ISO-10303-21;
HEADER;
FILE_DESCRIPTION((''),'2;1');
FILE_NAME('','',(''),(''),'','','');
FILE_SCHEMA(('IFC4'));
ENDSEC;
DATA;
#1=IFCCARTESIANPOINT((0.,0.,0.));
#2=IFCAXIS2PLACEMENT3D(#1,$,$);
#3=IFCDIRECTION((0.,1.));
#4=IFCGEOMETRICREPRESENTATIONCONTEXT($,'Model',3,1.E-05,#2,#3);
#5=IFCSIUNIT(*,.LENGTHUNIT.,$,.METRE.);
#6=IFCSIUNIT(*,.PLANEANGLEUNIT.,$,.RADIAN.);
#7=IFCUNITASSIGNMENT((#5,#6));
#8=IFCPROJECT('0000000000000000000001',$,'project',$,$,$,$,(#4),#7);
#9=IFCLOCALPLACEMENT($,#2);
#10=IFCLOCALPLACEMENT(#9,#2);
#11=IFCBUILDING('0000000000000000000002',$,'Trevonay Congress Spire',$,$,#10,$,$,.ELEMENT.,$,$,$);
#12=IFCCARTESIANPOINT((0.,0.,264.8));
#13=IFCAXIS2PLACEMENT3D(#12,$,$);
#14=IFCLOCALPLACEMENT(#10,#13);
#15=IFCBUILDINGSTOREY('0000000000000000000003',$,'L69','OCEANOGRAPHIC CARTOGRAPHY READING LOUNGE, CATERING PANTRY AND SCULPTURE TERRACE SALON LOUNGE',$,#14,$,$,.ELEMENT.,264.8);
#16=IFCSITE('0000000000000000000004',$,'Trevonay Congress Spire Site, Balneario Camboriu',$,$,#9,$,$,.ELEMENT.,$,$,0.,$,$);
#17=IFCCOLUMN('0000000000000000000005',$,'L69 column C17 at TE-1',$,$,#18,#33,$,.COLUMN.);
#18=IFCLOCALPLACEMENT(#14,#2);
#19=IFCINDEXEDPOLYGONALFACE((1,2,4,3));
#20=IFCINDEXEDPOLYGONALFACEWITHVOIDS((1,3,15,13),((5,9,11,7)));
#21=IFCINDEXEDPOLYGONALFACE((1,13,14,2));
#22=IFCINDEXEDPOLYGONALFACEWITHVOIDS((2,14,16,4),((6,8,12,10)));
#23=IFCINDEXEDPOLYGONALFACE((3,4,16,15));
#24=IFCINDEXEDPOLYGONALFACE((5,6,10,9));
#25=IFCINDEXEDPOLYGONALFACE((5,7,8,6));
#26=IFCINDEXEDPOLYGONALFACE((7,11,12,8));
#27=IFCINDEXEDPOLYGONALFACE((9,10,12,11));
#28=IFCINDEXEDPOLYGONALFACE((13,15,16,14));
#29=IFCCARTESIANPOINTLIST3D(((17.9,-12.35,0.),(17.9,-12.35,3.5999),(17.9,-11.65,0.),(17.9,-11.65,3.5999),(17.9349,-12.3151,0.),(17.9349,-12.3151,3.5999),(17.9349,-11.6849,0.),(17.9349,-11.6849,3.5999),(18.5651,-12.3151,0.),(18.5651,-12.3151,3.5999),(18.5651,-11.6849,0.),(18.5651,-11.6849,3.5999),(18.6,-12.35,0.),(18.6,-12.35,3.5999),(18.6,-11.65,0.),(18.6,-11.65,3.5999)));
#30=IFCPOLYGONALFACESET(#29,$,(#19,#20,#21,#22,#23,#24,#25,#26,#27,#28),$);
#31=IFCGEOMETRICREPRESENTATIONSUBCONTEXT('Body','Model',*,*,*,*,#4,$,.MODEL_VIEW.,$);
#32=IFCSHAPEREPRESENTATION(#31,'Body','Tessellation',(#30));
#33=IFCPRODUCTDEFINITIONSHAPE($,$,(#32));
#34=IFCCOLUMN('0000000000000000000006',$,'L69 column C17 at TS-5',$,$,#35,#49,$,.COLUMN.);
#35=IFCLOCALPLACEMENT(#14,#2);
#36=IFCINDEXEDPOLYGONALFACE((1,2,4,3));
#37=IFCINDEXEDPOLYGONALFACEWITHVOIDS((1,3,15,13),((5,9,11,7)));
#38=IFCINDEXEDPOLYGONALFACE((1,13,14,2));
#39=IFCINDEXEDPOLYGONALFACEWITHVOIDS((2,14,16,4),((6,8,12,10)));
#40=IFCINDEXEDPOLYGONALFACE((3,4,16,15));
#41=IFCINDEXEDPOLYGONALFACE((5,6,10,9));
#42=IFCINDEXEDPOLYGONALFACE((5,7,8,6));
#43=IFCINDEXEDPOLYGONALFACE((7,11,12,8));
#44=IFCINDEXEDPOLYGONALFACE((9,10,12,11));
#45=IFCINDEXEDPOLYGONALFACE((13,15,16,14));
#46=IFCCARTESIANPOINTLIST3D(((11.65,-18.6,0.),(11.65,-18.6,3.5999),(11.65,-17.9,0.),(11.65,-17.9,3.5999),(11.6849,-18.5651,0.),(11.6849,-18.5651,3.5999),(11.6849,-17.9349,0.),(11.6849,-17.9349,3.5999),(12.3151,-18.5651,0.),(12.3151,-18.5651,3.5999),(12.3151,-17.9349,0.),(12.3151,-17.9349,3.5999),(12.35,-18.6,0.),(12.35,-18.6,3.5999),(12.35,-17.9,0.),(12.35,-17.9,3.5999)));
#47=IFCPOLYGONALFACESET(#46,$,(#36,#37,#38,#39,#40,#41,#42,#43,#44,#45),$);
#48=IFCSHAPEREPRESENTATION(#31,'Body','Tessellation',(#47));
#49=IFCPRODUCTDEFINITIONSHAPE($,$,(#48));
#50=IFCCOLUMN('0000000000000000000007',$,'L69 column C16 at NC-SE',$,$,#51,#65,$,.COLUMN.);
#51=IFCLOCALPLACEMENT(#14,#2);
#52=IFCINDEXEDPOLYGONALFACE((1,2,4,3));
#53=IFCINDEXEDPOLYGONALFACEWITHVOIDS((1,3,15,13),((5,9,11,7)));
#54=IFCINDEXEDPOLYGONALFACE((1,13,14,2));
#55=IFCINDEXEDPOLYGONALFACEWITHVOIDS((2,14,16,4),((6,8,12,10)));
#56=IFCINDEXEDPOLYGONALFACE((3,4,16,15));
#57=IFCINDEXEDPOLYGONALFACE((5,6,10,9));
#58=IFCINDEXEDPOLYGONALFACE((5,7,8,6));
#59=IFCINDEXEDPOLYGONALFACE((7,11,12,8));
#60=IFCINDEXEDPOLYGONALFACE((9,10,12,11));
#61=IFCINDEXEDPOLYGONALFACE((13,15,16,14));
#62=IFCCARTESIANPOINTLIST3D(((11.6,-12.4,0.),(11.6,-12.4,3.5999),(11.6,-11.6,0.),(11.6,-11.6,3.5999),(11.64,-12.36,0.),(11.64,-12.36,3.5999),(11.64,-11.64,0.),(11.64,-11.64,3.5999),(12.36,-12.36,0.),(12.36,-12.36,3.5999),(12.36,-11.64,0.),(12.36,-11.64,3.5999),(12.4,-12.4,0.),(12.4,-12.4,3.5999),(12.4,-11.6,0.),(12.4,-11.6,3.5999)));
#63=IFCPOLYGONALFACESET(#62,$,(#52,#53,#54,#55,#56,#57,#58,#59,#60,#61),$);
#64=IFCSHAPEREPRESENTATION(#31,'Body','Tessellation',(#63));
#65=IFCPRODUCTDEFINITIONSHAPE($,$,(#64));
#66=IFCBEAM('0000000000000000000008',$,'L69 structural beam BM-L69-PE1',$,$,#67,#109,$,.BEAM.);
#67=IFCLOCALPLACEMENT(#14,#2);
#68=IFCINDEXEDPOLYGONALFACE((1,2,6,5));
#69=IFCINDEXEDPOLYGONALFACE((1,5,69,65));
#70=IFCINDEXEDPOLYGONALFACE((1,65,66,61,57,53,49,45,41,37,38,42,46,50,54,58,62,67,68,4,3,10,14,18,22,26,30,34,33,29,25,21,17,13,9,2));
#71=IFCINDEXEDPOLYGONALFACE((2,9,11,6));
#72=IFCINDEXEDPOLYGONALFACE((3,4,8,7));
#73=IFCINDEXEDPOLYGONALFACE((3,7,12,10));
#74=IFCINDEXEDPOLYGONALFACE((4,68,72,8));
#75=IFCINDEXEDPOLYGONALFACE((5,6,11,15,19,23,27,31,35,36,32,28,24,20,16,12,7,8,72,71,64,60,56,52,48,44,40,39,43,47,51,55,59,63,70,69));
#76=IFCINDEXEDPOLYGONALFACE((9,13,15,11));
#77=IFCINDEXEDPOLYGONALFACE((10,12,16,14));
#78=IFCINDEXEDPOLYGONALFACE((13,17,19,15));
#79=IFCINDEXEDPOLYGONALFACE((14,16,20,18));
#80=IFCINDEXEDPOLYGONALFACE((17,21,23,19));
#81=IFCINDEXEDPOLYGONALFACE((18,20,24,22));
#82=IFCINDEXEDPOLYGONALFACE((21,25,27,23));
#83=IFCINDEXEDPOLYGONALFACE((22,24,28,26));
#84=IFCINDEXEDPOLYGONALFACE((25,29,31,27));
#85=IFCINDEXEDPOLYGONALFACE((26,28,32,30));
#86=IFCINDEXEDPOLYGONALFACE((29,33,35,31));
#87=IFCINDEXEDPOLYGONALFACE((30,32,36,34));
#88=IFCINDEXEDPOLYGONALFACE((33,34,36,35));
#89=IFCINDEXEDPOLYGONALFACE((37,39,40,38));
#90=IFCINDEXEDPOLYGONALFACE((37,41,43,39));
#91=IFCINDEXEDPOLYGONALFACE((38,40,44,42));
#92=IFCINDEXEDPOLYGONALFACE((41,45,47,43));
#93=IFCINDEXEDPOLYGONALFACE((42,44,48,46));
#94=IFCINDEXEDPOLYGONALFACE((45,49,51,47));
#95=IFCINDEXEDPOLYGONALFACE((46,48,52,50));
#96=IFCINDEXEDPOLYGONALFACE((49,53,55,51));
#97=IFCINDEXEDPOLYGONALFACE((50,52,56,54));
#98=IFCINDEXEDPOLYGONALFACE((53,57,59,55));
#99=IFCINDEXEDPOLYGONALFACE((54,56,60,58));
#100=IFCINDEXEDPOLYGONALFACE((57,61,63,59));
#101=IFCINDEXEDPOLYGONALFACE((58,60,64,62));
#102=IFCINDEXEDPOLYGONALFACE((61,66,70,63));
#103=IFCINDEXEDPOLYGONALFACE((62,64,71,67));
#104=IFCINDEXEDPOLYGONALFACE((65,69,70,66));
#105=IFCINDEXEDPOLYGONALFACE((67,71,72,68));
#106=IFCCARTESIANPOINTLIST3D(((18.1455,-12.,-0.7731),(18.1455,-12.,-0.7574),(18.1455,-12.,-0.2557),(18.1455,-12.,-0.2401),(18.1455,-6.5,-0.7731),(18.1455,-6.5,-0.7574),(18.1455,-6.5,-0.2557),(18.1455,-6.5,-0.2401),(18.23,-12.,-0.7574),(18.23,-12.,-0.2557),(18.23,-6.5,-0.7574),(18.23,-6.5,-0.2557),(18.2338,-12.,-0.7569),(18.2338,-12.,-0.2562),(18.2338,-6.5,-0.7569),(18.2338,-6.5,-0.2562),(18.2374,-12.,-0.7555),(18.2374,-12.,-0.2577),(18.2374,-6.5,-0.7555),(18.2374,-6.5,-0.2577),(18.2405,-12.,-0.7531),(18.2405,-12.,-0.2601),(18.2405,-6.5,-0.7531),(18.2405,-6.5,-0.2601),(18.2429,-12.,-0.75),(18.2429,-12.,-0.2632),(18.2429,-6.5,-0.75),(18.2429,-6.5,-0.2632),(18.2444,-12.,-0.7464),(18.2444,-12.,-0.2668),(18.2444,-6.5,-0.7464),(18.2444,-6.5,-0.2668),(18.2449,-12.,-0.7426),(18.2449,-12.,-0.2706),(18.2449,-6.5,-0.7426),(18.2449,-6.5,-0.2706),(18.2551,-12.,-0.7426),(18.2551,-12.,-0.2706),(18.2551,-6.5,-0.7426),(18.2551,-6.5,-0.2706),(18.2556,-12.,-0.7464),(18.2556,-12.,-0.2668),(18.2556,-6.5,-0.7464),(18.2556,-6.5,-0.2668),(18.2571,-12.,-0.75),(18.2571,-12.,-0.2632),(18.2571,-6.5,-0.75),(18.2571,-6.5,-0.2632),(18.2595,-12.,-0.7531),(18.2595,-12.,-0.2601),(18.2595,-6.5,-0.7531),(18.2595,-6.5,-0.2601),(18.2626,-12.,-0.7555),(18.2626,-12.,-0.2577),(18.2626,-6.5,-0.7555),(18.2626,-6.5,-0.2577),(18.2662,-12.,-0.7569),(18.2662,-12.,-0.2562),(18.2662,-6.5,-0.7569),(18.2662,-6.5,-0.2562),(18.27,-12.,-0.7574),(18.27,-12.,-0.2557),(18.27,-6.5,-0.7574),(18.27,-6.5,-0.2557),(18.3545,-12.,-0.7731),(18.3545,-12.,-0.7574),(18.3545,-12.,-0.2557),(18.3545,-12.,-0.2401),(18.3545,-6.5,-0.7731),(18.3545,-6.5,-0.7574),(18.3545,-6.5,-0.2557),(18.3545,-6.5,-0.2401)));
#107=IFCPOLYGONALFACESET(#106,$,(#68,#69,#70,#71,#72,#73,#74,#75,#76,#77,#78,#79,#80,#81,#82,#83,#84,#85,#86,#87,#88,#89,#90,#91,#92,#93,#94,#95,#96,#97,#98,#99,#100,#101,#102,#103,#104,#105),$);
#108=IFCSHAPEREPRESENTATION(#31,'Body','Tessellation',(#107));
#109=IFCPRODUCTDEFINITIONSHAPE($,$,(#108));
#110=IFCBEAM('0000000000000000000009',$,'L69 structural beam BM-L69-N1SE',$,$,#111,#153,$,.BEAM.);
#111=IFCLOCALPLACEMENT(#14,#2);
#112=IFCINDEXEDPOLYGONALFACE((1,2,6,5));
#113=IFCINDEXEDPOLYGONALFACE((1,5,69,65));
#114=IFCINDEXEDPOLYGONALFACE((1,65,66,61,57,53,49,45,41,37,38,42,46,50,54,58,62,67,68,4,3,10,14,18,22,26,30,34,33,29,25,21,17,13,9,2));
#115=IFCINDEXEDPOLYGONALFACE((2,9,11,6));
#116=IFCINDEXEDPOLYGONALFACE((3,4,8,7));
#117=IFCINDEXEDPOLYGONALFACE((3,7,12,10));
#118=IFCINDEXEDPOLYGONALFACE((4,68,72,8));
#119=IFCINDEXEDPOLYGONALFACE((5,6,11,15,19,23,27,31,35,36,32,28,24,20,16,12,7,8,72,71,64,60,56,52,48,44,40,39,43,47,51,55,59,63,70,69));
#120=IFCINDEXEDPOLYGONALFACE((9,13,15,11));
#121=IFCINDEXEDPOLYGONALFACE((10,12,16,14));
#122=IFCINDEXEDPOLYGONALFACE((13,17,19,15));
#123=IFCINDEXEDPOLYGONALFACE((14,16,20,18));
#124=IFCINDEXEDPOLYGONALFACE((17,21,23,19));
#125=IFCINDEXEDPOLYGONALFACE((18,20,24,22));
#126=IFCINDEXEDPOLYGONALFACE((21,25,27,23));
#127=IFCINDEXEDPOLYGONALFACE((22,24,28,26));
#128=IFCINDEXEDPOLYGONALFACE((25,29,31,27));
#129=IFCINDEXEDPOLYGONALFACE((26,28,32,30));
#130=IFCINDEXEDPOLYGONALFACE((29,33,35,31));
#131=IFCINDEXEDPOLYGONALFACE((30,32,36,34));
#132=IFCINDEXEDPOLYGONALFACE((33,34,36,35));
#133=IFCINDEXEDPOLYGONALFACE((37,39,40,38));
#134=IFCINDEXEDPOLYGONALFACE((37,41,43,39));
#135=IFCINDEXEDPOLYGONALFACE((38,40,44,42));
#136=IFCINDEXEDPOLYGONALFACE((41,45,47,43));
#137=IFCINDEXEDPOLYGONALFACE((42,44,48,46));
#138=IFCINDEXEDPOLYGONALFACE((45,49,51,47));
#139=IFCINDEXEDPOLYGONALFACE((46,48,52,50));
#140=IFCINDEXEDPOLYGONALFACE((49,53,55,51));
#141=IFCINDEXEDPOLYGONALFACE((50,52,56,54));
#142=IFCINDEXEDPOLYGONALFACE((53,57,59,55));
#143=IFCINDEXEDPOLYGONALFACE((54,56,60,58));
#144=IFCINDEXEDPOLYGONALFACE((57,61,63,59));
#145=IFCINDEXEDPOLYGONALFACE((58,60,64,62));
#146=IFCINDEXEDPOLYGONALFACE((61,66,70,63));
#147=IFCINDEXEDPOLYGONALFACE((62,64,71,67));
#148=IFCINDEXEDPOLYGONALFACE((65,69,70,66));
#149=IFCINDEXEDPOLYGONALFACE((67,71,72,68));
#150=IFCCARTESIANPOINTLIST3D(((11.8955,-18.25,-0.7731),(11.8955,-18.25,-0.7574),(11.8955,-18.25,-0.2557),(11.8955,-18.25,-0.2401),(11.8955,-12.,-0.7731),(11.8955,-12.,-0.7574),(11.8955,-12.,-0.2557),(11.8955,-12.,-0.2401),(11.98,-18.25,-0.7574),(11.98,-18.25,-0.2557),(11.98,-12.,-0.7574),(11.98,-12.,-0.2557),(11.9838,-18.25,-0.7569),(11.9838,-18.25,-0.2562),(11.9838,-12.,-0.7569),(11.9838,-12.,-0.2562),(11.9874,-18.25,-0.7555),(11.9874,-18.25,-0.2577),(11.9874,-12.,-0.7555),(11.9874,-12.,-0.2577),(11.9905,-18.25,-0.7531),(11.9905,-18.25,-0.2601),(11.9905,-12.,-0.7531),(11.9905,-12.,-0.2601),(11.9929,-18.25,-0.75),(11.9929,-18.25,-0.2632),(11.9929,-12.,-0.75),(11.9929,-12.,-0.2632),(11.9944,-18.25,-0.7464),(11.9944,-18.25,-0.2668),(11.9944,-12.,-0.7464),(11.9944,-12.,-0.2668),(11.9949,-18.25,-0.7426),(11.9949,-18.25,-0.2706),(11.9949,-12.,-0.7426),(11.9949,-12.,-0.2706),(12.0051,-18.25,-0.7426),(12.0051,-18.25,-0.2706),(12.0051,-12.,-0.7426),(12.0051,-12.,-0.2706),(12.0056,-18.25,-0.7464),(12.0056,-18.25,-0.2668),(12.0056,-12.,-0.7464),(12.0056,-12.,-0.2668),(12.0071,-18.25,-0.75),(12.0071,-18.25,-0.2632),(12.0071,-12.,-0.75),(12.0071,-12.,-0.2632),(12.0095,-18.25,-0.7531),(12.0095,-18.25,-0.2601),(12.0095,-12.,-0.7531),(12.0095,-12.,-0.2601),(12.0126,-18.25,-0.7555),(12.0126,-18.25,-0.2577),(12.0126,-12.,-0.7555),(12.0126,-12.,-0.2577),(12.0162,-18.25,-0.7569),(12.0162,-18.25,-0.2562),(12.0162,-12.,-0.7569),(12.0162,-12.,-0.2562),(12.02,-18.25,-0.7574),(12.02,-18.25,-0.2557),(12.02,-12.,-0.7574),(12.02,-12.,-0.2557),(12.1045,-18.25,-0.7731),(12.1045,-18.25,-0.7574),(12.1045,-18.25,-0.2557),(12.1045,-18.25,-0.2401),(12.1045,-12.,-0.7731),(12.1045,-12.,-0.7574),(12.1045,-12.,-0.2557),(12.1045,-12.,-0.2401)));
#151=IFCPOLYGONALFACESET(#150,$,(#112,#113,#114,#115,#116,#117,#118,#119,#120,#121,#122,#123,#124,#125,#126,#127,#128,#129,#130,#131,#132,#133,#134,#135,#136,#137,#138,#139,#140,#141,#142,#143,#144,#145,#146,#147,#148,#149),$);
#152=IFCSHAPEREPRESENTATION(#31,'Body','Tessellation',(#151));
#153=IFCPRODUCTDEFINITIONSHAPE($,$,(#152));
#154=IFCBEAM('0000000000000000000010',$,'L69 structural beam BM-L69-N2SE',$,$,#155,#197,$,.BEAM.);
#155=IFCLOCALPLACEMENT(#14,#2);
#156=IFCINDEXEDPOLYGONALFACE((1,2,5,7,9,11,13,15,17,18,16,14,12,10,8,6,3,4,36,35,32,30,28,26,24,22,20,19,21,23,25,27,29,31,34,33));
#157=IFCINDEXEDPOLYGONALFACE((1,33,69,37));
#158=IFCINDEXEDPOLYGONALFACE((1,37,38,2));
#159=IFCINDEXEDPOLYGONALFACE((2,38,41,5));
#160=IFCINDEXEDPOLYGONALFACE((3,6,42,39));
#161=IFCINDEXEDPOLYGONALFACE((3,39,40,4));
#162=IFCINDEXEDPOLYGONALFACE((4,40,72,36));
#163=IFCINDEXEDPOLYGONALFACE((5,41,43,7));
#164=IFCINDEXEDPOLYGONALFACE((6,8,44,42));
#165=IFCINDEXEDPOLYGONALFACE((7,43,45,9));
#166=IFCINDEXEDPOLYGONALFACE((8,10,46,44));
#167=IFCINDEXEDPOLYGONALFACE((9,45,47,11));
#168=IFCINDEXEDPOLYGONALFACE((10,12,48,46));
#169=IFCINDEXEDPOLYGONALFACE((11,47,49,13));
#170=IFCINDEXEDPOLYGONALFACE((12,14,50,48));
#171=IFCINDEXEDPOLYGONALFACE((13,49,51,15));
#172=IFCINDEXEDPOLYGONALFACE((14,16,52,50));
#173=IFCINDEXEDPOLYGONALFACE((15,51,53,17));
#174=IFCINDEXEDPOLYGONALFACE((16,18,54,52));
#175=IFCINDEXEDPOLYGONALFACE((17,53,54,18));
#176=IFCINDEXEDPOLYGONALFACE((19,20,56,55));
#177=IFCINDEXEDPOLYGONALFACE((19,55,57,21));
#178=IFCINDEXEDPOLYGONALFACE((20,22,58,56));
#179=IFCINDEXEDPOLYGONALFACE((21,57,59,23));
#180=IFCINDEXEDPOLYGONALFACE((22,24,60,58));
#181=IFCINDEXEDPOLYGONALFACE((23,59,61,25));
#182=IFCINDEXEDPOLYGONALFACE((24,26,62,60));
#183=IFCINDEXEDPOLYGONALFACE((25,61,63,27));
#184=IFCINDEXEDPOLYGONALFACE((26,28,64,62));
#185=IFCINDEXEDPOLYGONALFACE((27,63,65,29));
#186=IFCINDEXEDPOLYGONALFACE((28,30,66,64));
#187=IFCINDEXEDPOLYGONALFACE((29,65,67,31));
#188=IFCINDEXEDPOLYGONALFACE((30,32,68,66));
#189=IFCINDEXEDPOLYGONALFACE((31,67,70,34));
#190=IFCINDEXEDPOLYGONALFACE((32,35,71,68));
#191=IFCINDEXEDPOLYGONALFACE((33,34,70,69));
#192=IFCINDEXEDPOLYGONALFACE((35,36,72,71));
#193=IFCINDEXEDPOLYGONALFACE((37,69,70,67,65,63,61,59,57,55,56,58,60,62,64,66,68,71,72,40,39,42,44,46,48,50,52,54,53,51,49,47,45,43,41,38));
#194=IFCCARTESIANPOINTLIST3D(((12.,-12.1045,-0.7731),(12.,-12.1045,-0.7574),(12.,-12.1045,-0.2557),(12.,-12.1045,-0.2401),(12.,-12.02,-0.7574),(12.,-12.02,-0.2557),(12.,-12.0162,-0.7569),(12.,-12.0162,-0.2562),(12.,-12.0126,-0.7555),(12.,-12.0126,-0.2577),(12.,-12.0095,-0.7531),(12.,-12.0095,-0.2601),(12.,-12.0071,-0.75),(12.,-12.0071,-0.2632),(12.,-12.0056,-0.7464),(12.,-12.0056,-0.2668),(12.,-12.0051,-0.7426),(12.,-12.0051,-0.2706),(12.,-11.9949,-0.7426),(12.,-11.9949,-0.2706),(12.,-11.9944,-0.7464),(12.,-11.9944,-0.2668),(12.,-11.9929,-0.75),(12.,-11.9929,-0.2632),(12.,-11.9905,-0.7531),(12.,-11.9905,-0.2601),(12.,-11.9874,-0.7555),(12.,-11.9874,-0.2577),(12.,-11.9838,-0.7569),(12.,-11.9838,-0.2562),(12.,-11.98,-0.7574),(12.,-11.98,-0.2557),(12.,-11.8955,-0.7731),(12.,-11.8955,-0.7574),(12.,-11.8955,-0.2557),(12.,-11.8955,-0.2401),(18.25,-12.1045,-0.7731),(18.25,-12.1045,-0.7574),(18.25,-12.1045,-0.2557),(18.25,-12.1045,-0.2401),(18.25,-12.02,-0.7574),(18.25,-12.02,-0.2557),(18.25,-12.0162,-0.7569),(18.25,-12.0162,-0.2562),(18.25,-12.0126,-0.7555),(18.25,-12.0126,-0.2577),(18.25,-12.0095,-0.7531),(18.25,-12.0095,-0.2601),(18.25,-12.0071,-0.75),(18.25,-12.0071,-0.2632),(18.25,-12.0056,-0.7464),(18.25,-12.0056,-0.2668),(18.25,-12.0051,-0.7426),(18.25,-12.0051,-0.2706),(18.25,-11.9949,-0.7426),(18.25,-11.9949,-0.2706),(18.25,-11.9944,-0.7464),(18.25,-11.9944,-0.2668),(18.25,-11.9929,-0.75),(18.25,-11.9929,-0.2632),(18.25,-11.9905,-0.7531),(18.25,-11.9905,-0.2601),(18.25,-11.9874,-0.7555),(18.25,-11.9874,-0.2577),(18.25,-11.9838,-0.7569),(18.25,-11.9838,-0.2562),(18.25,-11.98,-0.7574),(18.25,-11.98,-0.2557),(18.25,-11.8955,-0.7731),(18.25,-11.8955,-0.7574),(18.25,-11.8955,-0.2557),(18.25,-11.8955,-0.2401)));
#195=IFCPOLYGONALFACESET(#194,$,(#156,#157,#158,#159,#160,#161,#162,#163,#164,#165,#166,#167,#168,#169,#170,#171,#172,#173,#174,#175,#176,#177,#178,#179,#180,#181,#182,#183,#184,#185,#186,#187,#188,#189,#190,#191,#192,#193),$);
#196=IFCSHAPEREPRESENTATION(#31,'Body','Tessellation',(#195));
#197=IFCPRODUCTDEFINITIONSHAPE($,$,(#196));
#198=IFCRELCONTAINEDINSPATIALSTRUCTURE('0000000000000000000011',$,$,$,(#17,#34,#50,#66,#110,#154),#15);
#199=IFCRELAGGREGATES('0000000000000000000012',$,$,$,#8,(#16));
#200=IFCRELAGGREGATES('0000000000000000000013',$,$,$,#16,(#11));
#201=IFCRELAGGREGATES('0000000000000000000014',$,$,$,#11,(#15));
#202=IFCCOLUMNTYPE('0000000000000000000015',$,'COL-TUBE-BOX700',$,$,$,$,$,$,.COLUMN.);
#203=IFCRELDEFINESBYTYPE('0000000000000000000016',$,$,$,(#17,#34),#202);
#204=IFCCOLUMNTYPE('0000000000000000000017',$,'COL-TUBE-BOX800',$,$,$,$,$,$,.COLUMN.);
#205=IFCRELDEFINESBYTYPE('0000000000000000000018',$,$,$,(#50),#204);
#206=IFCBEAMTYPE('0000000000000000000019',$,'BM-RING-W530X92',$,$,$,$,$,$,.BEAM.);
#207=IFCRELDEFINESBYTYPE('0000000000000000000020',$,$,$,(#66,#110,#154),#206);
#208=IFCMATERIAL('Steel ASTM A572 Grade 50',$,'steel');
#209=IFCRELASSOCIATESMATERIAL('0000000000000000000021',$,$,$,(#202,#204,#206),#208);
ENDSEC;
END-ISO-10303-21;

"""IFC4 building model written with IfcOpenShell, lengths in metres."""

from ifc_helpers import new_model, si_unit, direction, frame, origin, origin_2d, place, context, subcontext, project, spatial, hollow_rectangle, i_section, extrude, material, material_profile, profile_set, type_object, element, save


model = new_model("IFC4")

# Units and contexts
model_context = context("Model", 3, precision=1e-05, world=origin(), true_north=direction((0.0, 1.0)))
body_context = subcontext(model_context, "Body", "Model", "MODEL_VIEW")
ifc_project = project(units=[si_unit("LENGTHUNIT", "METRE"), si_unit("PLANEANGLEUNIT", "RADIAN")], contexts=[model_context])

# Site, building, storey
site_placement = place(None, origin())
site = spatial("IfcSite", under=ifc_project, at=site_placement, Name="Trevonay Congress Spire Site, Balneario Camboriu", CompositionType="ELEMENT", RefElevation=0.0)
building_placement = place(site_placement, origin())
building = spatial("IfcBuilding", under=site, at=building_placement, Name="Trevonay Congress Spire", CompositionType="ELEMENT")
storey_placement = place(building_placement, frame((0.0, 0.0, 264.8)))
storey = spatial("IfcBuildingStorey", under=building, at=storey_placement, Name="L69", Description="OCEANOGRAPHIC CARTOGRAPHY READING LOUNGE, CATERING PANTRY AND SCULPTURE TERRACE SALON LOUNGE", CompositionType="ELEMENT", Elevation=264.8)

# Columns
ifc_material_1 = material(Name="Steel ASTM A572 Grade 50", Category="steel")
ifc_material_profile_1 = material_profile(ifc_material_1, hollow_rectangle(XDim=0.7, YDim=0.7, WallThickness=0.0349, at=origin_2d()), Name="BOX 700x700x35")
ifc_profile_set_1 = profile_set([ifc_material_profile_1], Name="Steel ASTM A572 Grade 50")
column_type_1 = type_object("IfcColumnType", Name="COL-TUBE-BOX700", PredefinedType="COLUMN", material=ifc_profile_set_1)
for number, where, z_axis, x_axis, name in (
    (1, (18.25, -12.0, 0.0), (0.0, 0.0, 1.0), (1.0, 0.0, 0.0), "L69 column C17 at TE-1"),
    (2, (12.0, -18.25, 0.0), (0.0, 0.0, 1.0), (1.0, 0.0, 0.0), "L69 column C17 at TS-5"),
):
    element("IfcColumn", number, at=place(storey_placement, frame(where, z_axis=z_axis, x_axis=x_axis)), inside=storey, type_object=column_type_1, Name=name, PredefinedType="COLUMN", context=body_context, shape_type="SweptSolid", body=[
        extrude(hollow_rectangle(XDim=0.7, YDim=0.7, WallThickness=0.0349, at=origin_2d()), origin(), (0.0, 0.0, 1.0), 3.5999),
    ])
ifc_material_profile_2 = material_profile(ifc_material_1, hollow_rectangle(XDim=0.8, YDim=0.8, WallThickness=0.04, at=origin_2d()), Name="BOX 800x800x40")
ifc_profile_set_2 = profile_set([ifc_material_profile_2], Name="Steel ASTM A572 Grade 50")
column_type_2 = type_object("IfcColumnType", Name="COL-TUBE-BOX800", PredefinedType="COLUMN", material=ifc_profile_set_2)
column_placement = place(storey_placement, frame((12.0, -12.0, 0.0), z_axis=(0.0, 0.0, 1.0), x_axis=(1.0, 0.0, 0.0)))
element("IfcColumn", 3, at=column_placement, inside=storey, type_object=column_type_2, Name="L69 column C16 at NC-SE", PredefinedType="COLUMN", context=body_context, shape_type="SweptSolid", body=[
    extrude(hollow_rectangle(XDim=0.8, YDim=0.8, WallThickness=0.04, at=origin_2d()), origin(), (0.0, 0.0, 1.0), 3.5999),
])

# Beams
ifc_material_profile_3 = material_profile(ifc_material_1, i_section(OverallWidth=0.209, OverallDepth=0.533, WebThickness=0.0103, FlangeThickness=0.0156, FilletRadius=0.0149, at=origin_2d()), Name="W530x92")
ifc_profile_set_3 = profile_set([ifc_material_profile_3], Name="Steel ASTM A572 Grade 50")
beam_type_1 = type_object("IfcBeamType", Name="BM-RING-W530X92", PredefinedType="BEAM", material=ifc_profile_set_3)
beam_1_placement = place(storey_placement, frame((18.25, -12.0, -0.5066), z_axis=(0.0, 1.0, 0.0), x_axis=(-1.0, 0.0, 0.0)))
element("IfcBeam", 4, at=beam_1_placement, inside=storey, type_object=beam_type_1, Name="L69 structural beam BM-L69-PE1", PredefinedType="BEAM", context=body_context, shape_type="SweptSolid", body=[
    extrude(i_section(OverallWidth=0.209, OverallDepth=0.533, WebThickness=0.0103, FlangeThickness=0.0156, FilletRadius=0.0149, at=origin_2d()), origin(), (0.0, 0.0, 1.0), 5.5),
])
for number, where, z_axis, x_axis, name in (
    (5, (12.0, -18.25, -0.5066), (0.0, 1.0, 0.0), (-1.0, 0.0, 0.0), "L69 structural beam BM-L69-N1SE"),
    (6, (18.25, -12.0, -0.5066), (-1.0, 0.0, 0.0), (0.0, -1.0, 0.0), "L69 structural beam BM-L69-N2SE"),
):
    element("IfcBeam", number, at=place(storey_placement, frame(where, z_axis=z_axis, x_axis=x_axis)), inside=storey, type_object=beam_type_1, Name=name, PredefinedType="BEAM", context=body_context, shape_type="SweptSolid", body=[
        extrude(i_section(OverallWidth=0.209, OverallDepth=0.533, WebThickness=0.0103, FlangeThickness=0.0156, FilletRadius=0.0149, at=origin_2d()), origin(), (0.0, 0.0, 1.0), 6.25),
    ])

save(model, "model.ifc")
